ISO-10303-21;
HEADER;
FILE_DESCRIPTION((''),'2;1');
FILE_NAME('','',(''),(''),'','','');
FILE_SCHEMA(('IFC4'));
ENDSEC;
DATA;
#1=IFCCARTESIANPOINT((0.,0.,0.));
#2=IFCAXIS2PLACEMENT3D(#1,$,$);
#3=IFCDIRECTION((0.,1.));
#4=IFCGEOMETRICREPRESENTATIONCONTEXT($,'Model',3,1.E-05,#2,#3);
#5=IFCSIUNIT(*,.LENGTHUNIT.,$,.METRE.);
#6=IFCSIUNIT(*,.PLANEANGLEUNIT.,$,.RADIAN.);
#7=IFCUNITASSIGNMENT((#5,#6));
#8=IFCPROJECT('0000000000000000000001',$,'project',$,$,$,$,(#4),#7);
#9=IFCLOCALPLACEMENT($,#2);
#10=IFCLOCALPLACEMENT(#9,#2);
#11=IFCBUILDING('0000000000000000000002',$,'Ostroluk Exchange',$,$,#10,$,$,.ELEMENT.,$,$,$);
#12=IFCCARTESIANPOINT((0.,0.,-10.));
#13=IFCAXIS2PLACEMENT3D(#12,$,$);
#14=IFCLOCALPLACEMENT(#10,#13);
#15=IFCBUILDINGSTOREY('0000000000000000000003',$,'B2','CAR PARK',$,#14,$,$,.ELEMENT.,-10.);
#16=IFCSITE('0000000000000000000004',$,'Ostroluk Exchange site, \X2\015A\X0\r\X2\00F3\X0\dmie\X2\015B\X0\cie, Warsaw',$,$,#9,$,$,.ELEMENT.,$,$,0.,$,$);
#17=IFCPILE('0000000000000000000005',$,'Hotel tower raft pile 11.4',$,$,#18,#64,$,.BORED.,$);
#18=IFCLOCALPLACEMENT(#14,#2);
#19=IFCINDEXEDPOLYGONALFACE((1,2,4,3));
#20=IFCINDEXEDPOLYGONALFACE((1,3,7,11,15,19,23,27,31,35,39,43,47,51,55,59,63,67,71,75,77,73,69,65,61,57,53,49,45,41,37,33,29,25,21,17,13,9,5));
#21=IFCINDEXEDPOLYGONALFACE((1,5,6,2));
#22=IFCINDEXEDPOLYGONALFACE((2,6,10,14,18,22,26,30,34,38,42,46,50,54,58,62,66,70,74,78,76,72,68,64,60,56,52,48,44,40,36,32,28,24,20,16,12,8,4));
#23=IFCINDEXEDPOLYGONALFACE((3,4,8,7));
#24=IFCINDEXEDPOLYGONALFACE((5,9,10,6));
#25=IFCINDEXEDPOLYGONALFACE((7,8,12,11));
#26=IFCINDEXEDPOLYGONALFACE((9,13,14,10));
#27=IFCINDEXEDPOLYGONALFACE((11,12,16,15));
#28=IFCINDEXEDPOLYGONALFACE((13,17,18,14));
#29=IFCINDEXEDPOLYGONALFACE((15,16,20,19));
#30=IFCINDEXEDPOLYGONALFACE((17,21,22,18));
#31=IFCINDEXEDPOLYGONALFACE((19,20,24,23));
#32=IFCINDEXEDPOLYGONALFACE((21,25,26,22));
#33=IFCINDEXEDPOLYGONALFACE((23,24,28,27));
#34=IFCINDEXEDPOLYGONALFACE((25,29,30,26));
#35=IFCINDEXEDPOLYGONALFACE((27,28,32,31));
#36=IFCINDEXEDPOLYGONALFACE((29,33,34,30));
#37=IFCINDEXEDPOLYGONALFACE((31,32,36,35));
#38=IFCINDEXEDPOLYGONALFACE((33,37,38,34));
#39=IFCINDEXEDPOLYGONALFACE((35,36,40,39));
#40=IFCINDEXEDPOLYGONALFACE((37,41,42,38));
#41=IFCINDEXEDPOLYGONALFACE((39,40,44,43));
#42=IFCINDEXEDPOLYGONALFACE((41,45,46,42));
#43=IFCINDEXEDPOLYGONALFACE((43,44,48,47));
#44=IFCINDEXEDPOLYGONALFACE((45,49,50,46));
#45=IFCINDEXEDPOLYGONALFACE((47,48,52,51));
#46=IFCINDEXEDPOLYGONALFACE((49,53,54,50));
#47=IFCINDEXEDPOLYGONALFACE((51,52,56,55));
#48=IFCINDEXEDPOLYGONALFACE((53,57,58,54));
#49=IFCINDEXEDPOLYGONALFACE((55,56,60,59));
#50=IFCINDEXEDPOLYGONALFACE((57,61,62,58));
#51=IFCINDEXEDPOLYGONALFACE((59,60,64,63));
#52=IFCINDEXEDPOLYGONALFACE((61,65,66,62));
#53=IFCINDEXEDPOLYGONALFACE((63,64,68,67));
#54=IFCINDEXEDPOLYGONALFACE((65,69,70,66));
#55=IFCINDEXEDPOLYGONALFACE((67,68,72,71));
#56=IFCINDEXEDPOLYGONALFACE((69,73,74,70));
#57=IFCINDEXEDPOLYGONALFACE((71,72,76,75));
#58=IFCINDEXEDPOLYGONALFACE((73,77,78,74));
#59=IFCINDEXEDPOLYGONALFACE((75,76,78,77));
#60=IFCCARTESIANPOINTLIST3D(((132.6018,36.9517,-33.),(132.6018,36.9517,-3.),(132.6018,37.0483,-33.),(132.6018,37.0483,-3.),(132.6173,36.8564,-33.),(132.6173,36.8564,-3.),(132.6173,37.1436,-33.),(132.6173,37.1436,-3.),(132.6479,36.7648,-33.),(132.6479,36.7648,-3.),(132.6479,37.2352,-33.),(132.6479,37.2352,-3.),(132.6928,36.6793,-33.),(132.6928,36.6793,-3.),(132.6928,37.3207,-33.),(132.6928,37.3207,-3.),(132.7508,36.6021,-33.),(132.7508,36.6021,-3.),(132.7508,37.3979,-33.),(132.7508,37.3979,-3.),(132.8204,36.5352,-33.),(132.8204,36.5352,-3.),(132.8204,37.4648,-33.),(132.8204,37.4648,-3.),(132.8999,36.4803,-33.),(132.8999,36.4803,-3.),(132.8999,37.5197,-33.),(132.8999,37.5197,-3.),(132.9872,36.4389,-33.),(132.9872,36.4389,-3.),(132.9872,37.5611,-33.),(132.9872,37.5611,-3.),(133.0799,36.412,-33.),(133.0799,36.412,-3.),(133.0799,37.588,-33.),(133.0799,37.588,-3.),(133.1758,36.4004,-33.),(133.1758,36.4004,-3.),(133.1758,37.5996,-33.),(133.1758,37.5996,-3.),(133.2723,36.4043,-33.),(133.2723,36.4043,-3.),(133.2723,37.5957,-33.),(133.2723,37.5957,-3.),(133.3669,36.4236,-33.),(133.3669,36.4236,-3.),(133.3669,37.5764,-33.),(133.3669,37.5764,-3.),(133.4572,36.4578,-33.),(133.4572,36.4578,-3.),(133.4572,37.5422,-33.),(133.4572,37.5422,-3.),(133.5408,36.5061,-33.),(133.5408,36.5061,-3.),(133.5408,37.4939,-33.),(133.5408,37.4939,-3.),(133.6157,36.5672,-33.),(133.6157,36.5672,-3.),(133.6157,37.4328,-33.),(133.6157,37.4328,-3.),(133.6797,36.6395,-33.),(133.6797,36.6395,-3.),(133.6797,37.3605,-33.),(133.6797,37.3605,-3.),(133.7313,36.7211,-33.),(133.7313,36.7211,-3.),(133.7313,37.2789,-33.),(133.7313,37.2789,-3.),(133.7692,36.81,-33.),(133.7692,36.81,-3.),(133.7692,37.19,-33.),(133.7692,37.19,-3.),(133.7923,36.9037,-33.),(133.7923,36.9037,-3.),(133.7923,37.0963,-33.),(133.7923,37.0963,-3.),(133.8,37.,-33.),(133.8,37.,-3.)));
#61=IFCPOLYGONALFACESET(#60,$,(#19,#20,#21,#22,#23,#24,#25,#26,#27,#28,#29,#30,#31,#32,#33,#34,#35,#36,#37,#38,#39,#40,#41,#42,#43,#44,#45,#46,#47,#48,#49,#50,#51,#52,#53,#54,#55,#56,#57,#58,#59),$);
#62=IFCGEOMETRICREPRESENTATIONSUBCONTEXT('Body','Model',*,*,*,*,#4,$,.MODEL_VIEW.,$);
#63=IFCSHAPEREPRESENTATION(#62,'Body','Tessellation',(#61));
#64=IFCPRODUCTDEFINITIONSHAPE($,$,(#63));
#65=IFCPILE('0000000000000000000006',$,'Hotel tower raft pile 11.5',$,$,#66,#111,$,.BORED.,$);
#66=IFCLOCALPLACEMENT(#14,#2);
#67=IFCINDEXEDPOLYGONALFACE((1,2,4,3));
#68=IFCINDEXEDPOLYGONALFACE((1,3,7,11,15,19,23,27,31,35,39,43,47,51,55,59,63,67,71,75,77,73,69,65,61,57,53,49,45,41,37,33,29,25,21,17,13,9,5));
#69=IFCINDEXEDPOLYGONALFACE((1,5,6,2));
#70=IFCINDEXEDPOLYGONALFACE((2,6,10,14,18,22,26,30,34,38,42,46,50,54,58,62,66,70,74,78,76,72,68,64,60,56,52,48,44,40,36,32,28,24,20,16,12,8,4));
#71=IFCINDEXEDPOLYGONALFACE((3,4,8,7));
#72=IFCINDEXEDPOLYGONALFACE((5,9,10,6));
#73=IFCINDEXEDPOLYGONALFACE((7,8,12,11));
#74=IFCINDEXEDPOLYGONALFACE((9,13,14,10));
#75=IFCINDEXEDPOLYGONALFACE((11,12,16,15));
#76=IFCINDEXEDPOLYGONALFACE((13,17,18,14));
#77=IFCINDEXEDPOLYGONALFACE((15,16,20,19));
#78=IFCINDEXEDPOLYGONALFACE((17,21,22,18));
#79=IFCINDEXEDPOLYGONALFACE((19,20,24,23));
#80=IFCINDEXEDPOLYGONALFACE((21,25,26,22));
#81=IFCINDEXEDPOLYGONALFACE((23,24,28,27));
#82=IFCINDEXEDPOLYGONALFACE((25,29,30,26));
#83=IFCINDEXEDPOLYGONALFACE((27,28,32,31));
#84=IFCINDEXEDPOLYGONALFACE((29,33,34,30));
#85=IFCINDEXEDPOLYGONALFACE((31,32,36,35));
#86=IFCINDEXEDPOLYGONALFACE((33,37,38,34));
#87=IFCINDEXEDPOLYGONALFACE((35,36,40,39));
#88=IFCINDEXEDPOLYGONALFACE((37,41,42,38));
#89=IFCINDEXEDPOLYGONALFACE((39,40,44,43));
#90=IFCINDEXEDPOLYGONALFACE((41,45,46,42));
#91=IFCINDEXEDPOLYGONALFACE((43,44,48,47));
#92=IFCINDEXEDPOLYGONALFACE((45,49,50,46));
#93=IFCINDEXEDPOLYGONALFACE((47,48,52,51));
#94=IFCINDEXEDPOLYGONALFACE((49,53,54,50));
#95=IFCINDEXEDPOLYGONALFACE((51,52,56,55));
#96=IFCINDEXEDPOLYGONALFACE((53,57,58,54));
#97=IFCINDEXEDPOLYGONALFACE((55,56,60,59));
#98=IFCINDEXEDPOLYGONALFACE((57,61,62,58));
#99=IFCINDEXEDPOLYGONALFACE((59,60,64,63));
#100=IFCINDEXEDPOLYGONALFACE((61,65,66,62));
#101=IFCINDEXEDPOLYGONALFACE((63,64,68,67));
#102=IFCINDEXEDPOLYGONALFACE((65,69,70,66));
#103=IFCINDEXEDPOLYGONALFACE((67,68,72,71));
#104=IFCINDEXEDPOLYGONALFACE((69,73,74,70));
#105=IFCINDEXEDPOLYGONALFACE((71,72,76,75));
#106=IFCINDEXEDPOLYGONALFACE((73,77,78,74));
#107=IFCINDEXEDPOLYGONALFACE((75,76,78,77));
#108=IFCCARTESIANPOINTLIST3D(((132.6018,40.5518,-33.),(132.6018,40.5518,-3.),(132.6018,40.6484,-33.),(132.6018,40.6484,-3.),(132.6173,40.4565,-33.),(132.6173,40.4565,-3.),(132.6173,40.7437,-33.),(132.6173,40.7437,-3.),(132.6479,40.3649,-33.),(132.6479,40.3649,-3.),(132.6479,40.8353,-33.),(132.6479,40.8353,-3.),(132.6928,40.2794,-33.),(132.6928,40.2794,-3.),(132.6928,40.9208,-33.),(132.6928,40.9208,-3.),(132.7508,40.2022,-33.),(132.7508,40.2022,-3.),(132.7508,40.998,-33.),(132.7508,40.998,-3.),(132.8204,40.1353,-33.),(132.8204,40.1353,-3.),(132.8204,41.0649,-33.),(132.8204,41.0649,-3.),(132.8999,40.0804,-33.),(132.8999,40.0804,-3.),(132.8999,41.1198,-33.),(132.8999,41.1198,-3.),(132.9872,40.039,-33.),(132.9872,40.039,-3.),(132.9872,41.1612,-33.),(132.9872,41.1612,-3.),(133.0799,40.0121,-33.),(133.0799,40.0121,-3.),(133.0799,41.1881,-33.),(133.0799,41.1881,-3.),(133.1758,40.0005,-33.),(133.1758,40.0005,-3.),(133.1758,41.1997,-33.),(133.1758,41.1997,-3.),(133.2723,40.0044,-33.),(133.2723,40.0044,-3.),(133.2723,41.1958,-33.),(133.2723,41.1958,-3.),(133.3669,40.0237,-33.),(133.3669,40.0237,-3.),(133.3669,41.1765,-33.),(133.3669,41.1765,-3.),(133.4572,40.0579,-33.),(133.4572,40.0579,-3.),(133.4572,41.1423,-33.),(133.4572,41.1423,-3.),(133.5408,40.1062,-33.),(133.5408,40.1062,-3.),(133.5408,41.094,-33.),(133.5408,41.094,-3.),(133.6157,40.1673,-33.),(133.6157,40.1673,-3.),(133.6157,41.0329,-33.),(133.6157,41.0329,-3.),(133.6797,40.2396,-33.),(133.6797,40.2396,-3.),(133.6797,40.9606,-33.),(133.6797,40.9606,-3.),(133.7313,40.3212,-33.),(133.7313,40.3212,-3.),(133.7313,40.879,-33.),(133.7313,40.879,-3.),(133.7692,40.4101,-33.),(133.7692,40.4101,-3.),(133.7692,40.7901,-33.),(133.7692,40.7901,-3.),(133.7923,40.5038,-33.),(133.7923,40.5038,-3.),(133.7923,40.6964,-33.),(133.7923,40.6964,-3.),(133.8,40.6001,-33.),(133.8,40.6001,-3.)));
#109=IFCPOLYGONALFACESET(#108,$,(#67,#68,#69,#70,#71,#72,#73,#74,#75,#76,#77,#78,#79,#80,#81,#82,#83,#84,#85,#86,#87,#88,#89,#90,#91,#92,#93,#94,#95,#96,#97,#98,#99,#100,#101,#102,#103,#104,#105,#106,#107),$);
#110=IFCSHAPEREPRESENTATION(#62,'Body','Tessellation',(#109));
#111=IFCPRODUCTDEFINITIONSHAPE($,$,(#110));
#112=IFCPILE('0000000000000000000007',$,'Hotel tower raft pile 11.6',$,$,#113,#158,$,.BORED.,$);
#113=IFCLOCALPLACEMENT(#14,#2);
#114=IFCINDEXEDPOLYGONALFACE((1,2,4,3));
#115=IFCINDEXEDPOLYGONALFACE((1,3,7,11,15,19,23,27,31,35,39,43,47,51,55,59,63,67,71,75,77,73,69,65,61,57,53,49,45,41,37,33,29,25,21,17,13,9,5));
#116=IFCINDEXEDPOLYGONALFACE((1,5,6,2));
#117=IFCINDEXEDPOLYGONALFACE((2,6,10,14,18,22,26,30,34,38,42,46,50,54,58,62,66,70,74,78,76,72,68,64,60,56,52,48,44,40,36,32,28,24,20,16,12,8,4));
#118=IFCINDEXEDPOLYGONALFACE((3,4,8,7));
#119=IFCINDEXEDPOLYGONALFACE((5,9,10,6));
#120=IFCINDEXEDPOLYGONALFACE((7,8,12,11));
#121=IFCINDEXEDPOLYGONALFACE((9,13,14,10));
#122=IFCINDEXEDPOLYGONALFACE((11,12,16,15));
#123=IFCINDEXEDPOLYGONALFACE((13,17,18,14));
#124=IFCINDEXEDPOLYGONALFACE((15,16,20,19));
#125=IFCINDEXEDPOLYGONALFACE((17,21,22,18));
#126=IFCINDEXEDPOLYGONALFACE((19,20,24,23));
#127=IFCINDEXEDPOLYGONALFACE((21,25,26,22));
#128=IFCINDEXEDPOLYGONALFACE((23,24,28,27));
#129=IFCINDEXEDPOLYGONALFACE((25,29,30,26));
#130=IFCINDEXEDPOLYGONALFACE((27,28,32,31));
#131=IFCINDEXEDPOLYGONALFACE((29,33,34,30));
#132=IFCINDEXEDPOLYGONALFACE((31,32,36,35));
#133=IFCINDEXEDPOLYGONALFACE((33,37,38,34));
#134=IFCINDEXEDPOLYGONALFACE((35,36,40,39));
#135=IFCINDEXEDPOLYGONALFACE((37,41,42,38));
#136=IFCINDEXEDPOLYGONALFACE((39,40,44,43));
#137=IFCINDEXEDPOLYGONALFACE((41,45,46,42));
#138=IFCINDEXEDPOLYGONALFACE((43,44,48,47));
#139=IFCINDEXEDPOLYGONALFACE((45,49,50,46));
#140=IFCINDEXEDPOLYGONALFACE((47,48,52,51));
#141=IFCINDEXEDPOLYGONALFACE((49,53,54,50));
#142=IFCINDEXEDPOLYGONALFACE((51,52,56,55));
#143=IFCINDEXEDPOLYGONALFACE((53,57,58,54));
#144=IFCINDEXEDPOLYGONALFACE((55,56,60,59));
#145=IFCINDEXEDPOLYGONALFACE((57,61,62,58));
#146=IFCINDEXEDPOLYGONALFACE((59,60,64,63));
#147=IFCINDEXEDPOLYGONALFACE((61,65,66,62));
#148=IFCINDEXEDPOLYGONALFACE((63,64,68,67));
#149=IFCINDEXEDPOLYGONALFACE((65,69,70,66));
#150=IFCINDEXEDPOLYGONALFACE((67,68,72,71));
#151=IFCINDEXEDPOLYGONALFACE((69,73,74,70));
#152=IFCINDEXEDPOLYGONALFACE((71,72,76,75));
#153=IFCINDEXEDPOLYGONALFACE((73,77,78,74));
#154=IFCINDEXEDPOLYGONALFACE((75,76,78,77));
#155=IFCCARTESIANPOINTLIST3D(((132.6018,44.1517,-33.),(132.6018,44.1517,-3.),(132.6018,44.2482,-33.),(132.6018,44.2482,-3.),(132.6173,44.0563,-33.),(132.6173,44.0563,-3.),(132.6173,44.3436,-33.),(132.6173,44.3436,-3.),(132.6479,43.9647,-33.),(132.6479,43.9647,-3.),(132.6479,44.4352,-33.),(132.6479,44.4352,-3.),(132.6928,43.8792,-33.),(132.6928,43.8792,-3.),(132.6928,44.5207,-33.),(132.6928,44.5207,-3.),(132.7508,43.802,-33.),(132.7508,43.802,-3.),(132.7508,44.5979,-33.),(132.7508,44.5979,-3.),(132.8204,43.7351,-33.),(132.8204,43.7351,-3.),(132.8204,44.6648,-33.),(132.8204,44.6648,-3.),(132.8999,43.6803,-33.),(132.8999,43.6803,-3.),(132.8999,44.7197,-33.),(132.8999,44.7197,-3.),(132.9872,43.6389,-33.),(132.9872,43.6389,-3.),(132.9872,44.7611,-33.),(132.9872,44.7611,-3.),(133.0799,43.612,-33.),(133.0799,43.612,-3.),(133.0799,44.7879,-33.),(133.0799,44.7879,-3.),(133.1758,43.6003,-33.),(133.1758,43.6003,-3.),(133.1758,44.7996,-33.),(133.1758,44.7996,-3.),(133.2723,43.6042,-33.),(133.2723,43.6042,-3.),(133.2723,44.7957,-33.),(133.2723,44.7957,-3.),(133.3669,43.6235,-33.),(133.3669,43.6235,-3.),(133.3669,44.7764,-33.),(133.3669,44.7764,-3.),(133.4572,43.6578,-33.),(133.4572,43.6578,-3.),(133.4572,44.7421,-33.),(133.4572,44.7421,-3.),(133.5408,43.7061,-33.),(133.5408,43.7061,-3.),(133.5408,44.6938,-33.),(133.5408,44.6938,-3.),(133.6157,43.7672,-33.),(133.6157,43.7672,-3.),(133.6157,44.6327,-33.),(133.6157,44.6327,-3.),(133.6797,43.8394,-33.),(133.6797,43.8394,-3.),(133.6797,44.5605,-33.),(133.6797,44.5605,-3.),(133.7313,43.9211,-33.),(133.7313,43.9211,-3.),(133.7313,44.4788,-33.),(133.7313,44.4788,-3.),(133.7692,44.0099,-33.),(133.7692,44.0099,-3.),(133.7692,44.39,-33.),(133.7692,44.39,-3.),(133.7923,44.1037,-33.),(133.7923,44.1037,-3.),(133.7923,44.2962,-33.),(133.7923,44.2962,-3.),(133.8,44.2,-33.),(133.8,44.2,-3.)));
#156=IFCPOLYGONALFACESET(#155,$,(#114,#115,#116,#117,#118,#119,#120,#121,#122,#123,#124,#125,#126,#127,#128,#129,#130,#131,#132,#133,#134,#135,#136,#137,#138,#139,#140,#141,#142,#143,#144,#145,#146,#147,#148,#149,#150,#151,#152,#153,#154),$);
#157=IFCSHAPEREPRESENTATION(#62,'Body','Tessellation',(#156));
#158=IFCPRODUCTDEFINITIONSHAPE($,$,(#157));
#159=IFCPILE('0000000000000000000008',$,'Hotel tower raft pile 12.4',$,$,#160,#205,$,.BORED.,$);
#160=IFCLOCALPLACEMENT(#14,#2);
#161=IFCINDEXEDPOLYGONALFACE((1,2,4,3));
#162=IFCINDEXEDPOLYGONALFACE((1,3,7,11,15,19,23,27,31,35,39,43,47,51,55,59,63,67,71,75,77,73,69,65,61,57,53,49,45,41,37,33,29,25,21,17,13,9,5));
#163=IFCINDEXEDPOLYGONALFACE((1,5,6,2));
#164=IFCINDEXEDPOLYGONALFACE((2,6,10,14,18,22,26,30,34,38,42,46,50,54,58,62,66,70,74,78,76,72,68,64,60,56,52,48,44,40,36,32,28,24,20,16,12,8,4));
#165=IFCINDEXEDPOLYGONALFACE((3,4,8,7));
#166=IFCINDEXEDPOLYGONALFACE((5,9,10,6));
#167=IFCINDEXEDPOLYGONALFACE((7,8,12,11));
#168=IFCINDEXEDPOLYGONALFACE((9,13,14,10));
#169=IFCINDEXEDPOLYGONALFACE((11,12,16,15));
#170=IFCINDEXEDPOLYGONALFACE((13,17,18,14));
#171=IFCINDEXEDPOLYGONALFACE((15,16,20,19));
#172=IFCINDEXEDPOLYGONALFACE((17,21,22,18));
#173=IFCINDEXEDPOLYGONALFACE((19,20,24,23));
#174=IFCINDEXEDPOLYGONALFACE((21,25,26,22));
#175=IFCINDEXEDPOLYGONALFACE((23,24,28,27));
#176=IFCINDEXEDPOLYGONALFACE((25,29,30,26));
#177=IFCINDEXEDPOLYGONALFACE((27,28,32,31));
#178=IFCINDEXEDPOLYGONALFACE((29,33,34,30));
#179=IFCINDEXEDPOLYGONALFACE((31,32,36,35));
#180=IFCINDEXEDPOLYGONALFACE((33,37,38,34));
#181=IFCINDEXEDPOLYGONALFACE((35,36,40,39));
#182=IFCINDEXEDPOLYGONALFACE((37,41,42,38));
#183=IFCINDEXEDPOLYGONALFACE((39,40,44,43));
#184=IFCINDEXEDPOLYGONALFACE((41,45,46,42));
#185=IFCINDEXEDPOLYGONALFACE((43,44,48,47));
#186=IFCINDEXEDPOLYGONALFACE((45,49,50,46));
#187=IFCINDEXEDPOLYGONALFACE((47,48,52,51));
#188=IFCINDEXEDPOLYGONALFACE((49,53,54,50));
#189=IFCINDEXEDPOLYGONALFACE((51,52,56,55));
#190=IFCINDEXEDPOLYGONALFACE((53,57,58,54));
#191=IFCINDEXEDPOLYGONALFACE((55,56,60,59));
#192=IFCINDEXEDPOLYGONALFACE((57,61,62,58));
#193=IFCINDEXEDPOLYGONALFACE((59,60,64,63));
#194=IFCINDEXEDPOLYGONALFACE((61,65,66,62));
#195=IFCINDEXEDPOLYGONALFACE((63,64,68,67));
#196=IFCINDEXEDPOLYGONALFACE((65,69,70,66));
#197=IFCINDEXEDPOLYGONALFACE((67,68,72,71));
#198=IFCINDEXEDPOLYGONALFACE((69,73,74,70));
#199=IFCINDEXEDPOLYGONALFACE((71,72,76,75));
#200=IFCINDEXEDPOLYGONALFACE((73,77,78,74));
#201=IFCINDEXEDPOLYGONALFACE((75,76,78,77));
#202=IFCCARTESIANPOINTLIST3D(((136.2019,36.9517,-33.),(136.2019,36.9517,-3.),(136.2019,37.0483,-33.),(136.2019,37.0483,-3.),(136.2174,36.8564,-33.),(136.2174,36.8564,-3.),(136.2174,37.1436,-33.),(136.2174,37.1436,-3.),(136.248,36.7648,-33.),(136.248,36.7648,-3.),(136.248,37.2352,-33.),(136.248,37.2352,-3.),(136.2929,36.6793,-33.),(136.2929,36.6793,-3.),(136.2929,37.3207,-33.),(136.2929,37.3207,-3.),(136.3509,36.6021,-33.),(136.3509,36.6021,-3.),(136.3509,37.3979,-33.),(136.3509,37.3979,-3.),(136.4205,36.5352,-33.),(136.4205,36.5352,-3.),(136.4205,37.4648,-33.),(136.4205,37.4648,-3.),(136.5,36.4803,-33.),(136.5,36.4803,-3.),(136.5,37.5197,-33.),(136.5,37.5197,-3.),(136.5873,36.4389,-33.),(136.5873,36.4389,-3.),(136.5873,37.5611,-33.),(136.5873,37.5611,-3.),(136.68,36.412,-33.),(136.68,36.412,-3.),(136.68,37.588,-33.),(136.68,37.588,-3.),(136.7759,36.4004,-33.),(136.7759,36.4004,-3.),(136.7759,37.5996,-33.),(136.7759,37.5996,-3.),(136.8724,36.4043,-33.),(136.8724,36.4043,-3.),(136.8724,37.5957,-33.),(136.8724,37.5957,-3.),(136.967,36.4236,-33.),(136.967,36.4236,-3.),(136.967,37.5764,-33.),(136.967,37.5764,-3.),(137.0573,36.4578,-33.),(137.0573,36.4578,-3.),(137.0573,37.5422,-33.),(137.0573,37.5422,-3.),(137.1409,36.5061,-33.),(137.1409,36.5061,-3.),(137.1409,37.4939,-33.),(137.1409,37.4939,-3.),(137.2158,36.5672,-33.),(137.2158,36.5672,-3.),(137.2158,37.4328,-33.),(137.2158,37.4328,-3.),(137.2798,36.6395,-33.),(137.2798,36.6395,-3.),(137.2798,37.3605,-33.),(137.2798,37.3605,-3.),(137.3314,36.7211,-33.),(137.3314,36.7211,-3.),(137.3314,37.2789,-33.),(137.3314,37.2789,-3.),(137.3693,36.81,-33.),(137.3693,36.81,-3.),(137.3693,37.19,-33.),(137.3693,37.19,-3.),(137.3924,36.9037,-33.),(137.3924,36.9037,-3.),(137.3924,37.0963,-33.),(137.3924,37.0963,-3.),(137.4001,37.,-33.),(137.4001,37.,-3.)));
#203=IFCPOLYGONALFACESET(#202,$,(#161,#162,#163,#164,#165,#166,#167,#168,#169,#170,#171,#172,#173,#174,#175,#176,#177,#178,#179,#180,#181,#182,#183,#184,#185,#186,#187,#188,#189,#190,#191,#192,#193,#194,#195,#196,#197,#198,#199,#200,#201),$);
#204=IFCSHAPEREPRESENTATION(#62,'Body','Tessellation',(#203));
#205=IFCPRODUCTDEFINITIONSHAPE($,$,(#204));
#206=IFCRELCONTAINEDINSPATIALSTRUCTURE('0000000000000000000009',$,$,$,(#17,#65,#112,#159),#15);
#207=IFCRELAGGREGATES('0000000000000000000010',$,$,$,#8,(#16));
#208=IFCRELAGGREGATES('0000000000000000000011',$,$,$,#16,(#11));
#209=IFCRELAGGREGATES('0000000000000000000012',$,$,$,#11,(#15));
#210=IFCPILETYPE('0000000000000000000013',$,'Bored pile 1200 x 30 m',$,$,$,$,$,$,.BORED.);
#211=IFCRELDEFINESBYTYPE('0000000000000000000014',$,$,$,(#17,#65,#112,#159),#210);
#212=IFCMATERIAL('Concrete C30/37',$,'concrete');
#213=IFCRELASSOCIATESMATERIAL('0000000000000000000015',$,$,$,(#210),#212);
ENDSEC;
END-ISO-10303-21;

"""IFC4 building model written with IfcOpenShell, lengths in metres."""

from ifc_helpers import new_model, si_unit, direction, frame, origin, origin_2d, place, context, subcontext, project, spatial, circle, extrude, material, type_object, element, save


model = new_model("IFC4")

# Units and contexts
model_context = context("Model", 3, precision=1e-05, world=origin(), true_north=direction((0.0, 1.0)))
body_context = subcontext(model_context, "Body", "Model", "MODEL_VIEW")
ifc_project = project(units=[si_unit("LENGTHUNIT", "METRE"), si_unit("PLANEANGLEUNIT", "RADIAN")], contexts=[model_context])

# Site, building, storey
site_placement = place(None, origin())
site = spatial("IfcSite", under=ifc_project, at=site_placement, Name="Ostroluk Exchange site, Śródmieście, Warsaw", CompositionType="ELEMENT", RefElevation=0.0)
building_placement = place(site_placement, origin())
building = spatial("IfcBuilding", under=site, at=building_placement, Name="Ostroluk Exchange", CompositionType="ELEMENT")
storey_placement = place(building_placement, frame((0.0, 0.0, -10.0)))
storey = spatial("IfcBuildingStorey", under=building, at=storey_placement, Name="B2", Description="CAR PARK", CompositionType="ELEMENT", Elevation=-10.0)

# Piles
ifc_material_1 = material(Name="Concrete C30/37", Category="concrete")
pile_type_1 = type_object("IfcPileType", Name="Bored pile 1200 x 30 m", PredefinedType="BORED", material=ifc_material_1)
for number, where, z_axis, x_axis, name in (
    (1, (133.2, 37.0, -3.0), (0.0, 0.0, -1.0), (1.0, 0.0, 0.0), "Hotel tower raft pile 11.4"),
    (2, (133.2, 40.6001, -3.0), (0.0, 0.0, -1.0), (1.0, 0.0, 0.0), "Hotel tower raft pile 11.5"),
    (3, (133.2, 44.2, -3.0), (0.0, 0.0, -1.0), (1.0, 0.0, 0.0), "Hotel tower raft pile 11.6"),
    (4, (136.8, 37.0, -3.0), (0.0, 0.0, -1.0), (1.0, 0.0, 0.0), "Hotel tower raft pile 12.4"),
):
    element("IfcPile", number, at=place(storey_placement, frame(where, z_axis=z_axis, x_axis=x_axis)), inside=storey, type_object=pile_type_1, Name=name, PredefinedType="BORED", context=body_context, shape_type="SweptSolid", body=[
        extrude(circle(Radius=0.6001, at=origin_2d()), origin(), (0.0, 0.0, 1.0), 30.0),
    ])

save(model, "model.ifc")
